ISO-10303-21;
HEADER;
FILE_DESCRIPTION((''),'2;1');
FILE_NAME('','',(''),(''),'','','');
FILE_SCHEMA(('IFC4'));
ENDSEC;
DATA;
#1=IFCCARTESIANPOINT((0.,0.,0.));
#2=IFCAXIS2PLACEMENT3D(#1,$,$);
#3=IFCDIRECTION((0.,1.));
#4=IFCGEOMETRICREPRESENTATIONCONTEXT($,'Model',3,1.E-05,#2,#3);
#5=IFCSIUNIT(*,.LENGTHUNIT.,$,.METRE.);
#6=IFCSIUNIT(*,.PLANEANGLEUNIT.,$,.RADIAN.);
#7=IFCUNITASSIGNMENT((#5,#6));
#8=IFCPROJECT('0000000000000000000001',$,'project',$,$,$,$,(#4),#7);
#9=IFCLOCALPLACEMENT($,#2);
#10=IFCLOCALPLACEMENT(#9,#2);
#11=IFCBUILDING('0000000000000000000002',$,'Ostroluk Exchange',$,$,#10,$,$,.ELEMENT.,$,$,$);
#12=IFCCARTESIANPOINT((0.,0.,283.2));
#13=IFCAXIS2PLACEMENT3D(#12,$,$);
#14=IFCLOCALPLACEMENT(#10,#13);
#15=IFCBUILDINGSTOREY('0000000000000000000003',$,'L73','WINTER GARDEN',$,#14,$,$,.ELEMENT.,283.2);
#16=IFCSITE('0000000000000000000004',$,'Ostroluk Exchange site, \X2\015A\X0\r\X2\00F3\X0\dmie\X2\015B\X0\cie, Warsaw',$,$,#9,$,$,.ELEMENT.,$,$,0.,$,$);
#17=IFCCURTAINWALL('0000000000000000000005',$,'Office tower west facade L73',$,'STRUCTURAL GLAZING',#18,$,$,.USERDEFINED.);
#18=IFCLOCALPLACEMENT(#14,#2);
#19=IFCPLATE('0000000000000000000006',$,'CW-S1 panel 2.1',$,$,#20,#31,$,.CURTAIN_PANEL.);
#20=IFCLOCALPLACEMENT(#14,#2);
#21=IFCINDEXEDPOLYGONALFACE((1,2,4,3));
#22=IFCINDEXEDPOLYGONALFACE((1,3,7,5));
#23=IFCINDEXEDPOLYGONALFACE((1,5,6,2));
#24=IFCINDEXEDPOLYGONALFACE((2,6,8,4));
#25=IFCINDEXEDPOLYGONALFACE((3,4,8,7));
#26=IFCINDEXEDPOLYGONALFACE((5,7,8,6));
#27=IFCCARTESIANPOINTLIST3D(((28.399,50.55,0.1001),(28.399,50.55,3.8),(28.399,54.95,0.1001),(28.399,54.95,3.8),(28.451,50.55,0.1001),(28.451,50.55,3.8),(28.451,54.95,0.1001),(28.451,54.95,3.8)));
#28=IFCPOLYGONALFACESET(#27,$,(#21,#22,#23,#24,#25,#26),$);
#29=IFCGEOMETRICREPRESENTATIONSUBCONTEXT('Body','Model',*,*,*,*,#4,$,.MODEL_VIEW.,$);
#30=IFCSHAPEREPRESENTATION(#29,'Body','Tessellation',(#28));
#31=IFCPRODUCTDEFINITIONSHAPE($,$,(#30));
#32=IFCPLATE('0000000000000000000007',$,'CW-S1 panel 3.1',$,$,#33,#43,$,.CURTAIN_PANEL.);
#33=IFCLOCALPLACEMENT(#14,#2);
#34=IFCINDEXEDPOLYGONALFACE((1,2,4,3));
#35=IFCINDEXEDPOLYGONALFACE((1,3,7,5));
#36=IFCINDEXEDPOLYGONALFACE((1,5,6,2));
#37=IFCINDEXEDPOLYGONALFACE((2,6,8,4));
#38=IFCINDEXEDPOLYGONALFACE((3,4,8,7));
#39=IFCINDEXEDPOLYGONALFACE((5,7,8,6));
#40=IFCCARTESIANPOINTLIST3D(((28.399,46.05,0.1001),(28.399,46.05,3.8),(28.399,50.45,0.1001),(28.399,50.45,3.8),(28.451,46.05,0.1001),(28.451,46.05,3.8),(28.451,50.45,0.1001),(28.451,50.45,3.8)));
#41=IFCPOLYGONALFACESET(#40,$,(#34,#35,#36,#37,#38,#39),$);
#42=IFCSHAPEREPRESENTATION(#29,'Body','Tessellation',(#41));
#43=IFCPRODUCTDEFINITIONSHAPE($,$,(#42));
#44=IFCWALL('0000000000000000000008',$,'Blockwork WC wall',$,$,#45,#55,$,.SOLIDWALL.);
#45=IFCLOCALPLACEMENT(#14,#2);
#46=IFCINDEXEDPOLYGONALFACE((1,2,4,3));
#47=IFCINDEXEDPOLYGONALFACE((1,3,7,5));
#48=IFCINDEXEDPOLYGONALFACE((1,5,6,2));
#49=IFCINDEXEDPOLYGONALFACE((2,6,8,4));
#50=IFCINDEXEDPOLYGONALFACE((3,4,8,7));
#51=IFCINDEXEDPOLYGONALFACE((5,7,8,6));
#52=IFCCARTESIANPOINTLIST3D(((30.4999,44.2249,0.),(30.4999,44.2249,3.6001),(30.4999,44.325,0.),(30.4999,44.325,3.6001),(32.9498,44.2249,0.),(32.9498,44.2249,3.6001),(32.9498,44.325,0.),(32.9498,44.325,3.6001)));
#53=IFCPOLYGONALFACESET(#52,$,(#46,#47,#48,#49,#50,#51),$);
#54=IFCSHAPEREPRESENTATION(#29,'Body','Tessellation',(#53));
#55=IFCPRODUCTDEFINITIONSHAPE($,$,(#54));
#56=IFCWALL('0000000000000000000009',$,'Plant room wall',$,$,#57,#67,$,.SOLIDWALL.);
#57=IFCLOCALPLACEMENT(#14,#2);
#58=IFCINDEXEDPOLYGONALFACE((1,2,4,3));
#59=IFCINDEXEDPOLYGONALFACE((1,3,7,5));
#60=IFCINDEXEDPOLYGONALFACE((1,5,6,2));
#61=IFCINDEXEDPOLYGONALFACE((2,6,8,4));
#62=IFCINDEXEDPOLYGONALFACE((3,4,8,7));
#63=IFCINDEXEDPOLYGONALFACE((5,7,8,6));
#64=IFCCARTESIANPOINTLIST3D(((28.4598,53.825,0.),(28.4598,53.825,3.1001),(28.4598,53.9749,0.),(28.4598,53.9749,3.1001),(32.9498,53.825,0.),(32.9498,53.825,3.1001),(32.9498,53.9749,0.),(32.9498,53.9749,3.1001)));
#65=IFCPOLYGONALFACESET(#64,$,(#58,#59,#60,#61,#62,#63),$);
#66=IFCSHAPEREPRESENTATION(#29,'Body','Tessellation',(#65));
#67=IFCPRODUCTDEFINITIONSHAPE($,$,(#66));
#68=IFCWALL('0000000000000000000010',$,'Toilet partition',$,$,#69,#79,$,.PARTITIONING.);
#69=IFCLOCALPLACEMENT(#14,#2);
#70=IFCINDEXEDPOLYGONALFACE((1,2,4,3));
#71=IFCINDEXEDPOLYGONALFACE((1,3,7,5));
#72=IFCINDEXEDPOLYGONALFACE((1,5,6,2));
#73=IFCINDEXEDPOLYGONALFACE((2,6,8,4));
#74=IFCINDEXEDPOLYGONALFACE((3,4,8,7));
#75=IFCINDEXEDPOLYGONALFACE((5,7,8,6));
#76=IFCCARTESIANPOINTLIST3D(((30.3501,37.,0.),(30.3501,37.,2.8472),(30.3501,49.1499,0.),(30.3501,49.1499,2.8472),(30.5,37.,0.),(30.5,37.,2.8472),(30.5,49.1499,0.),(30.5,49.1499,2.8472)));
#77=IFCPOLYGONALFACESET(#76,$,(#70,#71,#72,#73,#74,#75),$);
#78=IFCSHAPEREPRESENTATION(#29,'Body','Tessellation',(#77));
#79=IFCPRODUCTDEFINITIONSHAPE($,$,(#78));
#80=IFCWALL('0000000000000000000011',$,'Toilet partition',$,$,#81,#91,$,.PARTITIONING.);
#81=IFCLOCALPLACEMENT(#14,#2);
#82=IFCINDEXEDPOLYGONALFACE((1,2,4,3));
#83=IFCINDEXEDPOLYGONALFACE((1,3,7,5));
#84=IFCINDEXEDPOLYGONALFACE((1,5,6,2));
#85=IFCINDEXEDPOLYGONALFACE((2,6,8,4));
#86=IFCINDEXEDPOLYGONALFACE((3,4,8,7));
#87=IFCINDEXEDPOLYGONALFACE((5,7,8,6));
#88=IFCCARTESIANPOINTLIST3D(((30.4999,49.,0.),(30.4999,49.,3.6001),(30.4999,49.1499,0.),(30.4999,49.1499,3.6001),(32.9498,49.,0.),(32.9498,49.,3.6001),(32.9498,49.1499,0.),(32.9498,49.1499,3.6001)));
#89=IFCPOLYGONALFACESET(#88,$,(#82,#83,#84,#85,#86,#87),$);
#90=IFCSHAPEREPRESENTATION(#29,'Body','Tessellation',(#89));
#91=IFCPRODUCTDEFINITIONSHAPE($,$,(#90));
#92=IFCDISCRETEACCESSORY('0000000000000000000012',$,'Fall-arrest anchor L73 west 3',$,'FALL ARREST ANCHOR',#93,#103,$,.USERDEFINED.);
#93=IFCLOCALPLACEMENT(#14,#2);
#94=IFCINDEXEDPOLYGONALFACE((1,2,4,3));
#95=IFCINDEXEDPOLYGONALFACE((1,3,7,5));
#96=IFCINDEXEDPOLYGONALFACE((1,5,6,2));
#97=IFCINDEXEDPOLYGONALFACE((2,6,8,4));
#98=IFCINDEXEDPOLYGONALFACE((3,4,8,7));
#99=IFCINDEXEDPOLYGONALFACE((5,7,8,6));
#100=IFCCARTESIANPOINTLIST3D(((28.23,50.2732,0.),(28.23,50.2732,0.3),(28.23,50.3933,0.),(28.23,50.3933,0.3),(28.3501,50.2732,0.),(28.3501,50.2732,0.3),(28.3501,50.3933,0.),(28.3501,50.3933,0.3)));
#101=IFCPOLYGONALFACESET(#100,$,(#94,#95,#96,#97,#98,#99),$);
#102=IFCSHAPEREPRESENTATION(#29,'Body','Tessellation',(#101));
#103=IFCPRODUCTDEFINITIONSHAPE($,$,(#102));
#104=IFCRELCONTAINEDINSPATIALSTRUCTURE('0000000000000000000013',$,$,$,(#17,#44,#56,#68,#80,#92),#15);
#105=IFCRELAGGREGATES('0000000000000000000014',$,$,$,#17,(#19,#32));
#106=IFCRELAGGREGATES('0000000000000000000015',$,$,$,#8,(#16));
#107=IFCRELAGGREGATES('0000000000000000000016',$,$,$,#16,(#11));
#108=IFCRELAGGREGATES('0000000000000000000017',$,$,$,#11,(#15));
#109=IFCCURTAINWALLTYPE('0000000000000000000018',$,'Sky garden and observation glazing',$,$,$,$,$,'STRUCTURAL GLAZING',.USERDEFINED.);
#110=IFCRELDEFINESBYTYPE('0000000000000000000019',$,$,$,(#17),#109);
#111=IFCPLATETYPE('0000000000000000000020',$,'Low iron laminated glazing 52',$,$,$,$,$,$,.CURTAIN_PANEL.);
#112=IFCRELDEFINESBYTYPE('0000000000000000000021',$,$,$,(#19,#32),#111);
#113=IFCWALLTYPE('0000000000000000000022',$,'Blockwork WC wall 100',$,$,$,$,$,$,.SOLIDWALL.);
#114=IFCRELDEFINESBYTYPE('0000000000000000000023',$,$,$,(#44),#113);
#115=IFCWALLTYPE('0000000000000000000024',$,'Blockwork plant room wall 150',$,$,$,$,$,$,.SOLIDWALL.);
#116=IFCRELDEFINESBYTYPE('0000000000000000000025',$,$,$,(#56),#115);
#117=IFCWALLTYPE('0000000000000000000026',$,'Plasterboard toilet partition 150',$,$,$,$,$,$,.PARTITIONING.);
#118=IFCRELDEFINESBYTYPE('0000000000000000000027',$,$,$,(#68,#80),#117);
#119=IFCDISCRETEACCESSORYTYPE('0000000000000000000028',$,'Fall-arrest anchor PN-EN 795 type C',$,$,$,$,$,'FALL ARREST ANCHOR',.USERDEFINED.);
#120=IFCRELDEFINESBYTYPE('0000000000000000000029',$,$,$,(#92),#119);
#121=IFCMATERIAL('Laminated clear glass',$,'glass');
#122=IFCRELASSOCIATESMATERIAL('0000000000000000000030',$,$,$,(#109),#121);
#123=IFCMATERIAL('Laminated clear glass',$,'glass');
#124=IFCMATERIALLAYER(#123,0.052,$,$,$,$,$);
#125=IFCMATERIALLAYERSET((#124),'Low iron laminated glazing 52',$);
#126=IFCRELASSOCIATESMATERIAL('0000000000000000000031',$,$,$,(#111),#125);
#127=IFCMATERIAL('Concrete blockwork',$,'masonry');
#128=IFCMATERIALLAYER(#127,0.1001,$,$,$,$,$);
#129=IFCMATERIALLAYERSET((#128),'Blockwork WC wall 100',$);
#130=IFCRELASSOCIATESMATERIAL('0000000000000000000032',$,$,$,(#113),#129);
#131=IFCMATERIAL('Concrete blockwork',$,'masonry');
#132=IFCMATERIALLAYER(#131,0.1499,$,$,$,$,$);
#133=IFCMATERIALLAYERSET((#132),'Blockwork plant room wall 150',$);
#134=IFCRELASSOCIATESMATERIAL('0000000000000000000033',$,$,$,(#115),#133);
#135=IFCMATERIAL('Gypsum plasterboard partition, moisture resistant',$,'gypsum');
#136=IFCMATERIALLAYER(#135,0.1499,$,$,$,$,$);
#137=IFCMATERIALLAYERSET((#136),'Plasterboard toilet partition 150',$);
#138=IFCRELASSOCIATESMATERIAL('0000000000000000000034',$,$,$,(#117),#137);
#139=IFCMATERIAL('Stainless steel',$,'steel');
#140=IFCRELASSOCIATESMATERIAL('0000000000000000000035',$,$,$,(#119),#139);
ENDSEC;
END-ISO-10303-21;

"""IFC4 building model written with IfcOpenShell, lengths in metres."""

from ifc_helpers import new_model, si_unit, direction, frame, frame_2d, origin, origin_2d, place, context, subcontext, project, spatial, rectangle, extrude, material, layer, layer_set, type_object, element, aggregate, save


model = new_model("IFC4")

# Units and contexts
model_context = context("Model", 3, precision=1e-05, world=origin(), true_north=direction((0.0, 1.0)))
body_context = subcontext(model_context, "Body", "Model", "MODEL_VIEW")
ifc_project = project(units=[si_unit("LENGTHUNIT", "METRE"), si_unit("PLANEANGLEUNIT", "RADIAN")], contexts=[model_context])

# Site, building, storey
site_placement = place(None, origin())
site = spatial("IfcSite", under=ifc_project, at=site_placement, Name="Ostroluk Exchange site, Śródmieście, Warsaw", CompositionType="ELEMENT", RefElevation=0.0)
building_placement = place(site_placement, origin())
building = spatial("IfcBuilding", under=site, at=building_placement, Name="Ostroluk Exchange", CompositionType="ELEMENT")
storey_placement = place(building_placement, frame((0.0, 0.0, 283.2)))
storey = spatial("IfcBuildingStorey", under=building, at=storey_placement, Name="L73", Description="WINTER GARDEN", CompositionType="ELEMENT", Elevation=283.2)

# Curtain wall, plates
ifc_material_1 = material(Name="Laminated clear glass", Category="glass")
curtain_wall_type = type_object("IfcCurtainWallType", Name="Sky garden and observation glazing", ElementType="STRUCTURAL GLAZING", PredefinedType="USERDEFINED", material=ifc_material_1)
curtain_wall_placement = place(storey_placement, origin())
curtain_wall = element("IfcCurtainWall", 1, at=curtain_wall_placement, inside=storey, type_object=curtain_wall_type, Name="Office tower west facade L73", ObjectType="STRUCTURAL GLAZING", PredefinedType="USERDEFINED")
ifc_material_2 = material(Name="Laminated clear glass", Category="glass")
ifc_layer_1 = layer(ifc_material_2, 0.052)
ifc_layer_set_1 = layer_set([ifc_layer_1], Name="Low iron laminated glazing 52")
plate_type = type_object("IfcPlateType", Name="Low iron laminated glazing 52", PredefinedType="CURTAIN_PANEL", material=ifc_layer_set_1)
plate_1_placement = place(storey_placement, frame((28.425, 52.75, 0.1001), z_axis=(0.0, 0.0, 1.0), x_axis=(0.0, -1.0, 0.0)))
plate_1 = element("IfcPlate", 2, at=plate_1_placement, type_object=plate_type, Name="CW-S1 panel 2.1", PredefinedType="CURTAIN_PANEL", context=body_context, shape_type="SweptSolid", body=[
    extrude(rectangle(XDim=4.3999, YDim=0.052, at=origin_2d()), origin(), (0.0, 0.0, 1.0), 3.7),
])
plate_2_placement = place(storey_placement, frame((28.425, 48.25, 0.1001), z_axis=(0.0, 0.0, 1.0), x_axis=(0.0, -1.0, 0.0)))
plate_2 = element("IfcPlate", 3, at=plate_2_placement, type_object=plate_type, Name="CW-S1 panel 3.1", PredefinedType="CURTAIN_PANEL", context=body_context, shape_type="SweptSolid", body=[
    extrude(rectangle(XDim=4.3999, YDim=0.052, at=origin_2d()), origin(), (0.0, 0.0, 1.0), 3.7),
])
aggregate(curtain_wall, [plate_1, plate_2])

# Walls
ifc_material_3 = material(Name="Concrete blockwork", Category="masonry")
ifc_layer_2 = layer(ifc_material_3, 0.1001)
ifc_layer_set_2 = layer_set([ifc_layer_2], Name="Blockwork WC wall 100")
wall_type_1 = type_object("IfcWallType", Name="Blockwork WC wall 100", PredefinedType="SOLIDWALL", material=ifc_layer_set_2)
wall_1_placement = place(storey_placement, frame((32.95, 44.2749, 0.0), z_axis=(0.0, 0.0, 1.0), x_axis=(-1.0, 0.0, 0.0)))
element("IfcWall", 4, at=wall_1_placement, inside=storey, type_object=wall_type_1, Name="Blockwork WC wall", PredefinedType="SOLIDWALL", context=body_context, shape_type="SweptSolid", body=[
    extrude(rectangle(XDim=2.45, YDim=0.1001, at=frame_2d((1.2251, 0.0))), origin(), (0.0, 0.0, 1.0), 3.6001),
])
ifc_material_4 = material(Name="Concrete blockwork", Category="masonry")
ifc_layer_3 = layer(ifc_material_4, 0.1499)
ifc_layer_set_3 = layer_set([ifc_layer_3], Name="Blockwork plant room wall 150")
wall_type_2 = type_object("IfcWallType", Name="Blockwork plant room wall 150", PredefinedType="SOLIDWALL", material=ifc_layer_set_3)
wall_2_placement = place(storey_placement, frame((32.95, 53.8999, 0.0), z_axis=(0.0, 0.0, 1.0), x_axis=(-1.0, 0.0, 0.0)))
element("IfcWall", 5, at=wall_2_placement, inside=storey, type_object=wall_type_2, Name="Plant room wall", PredefinedType="SOLIDWALL", context=body_context, shape_type="SweptSolid", body=[
    extrude(rectangle(XDim=4.49, YDim=0.1499, at=frame_2d((2.2451, 0.0))), origin(), (0.0, 0.0, 1.0), 3.1001),
])
ifc_material_5 = material(Name="Gypsum plasterboard partition, moisture resistant", Category="gypsum")
ifc_layer_4 = layer(ifc_material_5, 0.1499)
ifc_layer_set_4 = layer_set([ifc_layer_4], Name="Plasterboard toilet partition 150")
wall_type_3 = type_object("IfcWallType", Name="Plasterboard toilet partition 150", PredefinedType="PARTITIONING", material=ifc_layer_set_4)
wall_3_placement = place(storey_placement, frame((30.425, 49.1499, 0.0), z_axis=(0.0, 0.0, 1.0), x_axis=(0.0, -1.0, 0.0)))
element("IfcWall", 6, at=wall_3_placement, inside=storey, type_object=wall_type_3, Name="Toilet partition", PredefinedType="PARTITIONING", context=body_context, shape_type="SweptSolid", body=[
    extrude(rectangle(XDim=12.1499, YDim=0.1499, at=frame_2d((6.075, 0.0))), origin(), (0.0, 0.0, 1.0), 2.8472),
])
wall_4_placement = place(storey_placement, frame((32.95, 49.075, 0.0), z_axis=(0.0, 0.0, 1.0), x_axis=(-1.0, 0.0, 0.0)))
element("IfcWall", 7, at=wall_4_placement, inside=storey, type_object=wall_type_3, Name="Toilet partition", PredefinedType="PARTITIONING", context=body_context, shape_type="SweptSolid", body=[
    extrude(rectangle(XDim=2.45, YDim=0.1499, at=frame_2d((1.2251, 0.0))), origin(), (0.0, 0.0, 1.0), 3.6001),
])

# Discrete accessory
ifc_material_6 = material(Name="Stainless steel", Category="steel")
discrete_accessory_type = type_object("IfcDiscreteAccessoryType", Name="Fall-arrest anchor PN-EN 795 type C", ElementType="FALL ARREST ANCHOR", PredefinedType="USERDEFINED", material=ifc_material_6)
discrete_accessory_placement = place(storey_placement, frame((28.29, 50.3333, 0.0), z_axis=(0.0, 0.0, 1.0), x_axis=(1.0, 0.0, 0.0)))
element("IfcDiscreteAccessory", 8, at=discrete_accessory_placement, inside=storey, type_object=discrete_accessory_type, Name="Fall-arrest anchor L73 west 3", ObjectType="FALL ARREST ANCHOR", PredefinedType="USERDEFINED", context=body_context, shape_type="SweptSolid", body=[
    extrude(rectangle(XDim=0.1201, YDim=0.1201, at=origin_2d()), origin(), (0.0, 0.0, 1.0), 0.3),
])

save(model, "model.ifc")
